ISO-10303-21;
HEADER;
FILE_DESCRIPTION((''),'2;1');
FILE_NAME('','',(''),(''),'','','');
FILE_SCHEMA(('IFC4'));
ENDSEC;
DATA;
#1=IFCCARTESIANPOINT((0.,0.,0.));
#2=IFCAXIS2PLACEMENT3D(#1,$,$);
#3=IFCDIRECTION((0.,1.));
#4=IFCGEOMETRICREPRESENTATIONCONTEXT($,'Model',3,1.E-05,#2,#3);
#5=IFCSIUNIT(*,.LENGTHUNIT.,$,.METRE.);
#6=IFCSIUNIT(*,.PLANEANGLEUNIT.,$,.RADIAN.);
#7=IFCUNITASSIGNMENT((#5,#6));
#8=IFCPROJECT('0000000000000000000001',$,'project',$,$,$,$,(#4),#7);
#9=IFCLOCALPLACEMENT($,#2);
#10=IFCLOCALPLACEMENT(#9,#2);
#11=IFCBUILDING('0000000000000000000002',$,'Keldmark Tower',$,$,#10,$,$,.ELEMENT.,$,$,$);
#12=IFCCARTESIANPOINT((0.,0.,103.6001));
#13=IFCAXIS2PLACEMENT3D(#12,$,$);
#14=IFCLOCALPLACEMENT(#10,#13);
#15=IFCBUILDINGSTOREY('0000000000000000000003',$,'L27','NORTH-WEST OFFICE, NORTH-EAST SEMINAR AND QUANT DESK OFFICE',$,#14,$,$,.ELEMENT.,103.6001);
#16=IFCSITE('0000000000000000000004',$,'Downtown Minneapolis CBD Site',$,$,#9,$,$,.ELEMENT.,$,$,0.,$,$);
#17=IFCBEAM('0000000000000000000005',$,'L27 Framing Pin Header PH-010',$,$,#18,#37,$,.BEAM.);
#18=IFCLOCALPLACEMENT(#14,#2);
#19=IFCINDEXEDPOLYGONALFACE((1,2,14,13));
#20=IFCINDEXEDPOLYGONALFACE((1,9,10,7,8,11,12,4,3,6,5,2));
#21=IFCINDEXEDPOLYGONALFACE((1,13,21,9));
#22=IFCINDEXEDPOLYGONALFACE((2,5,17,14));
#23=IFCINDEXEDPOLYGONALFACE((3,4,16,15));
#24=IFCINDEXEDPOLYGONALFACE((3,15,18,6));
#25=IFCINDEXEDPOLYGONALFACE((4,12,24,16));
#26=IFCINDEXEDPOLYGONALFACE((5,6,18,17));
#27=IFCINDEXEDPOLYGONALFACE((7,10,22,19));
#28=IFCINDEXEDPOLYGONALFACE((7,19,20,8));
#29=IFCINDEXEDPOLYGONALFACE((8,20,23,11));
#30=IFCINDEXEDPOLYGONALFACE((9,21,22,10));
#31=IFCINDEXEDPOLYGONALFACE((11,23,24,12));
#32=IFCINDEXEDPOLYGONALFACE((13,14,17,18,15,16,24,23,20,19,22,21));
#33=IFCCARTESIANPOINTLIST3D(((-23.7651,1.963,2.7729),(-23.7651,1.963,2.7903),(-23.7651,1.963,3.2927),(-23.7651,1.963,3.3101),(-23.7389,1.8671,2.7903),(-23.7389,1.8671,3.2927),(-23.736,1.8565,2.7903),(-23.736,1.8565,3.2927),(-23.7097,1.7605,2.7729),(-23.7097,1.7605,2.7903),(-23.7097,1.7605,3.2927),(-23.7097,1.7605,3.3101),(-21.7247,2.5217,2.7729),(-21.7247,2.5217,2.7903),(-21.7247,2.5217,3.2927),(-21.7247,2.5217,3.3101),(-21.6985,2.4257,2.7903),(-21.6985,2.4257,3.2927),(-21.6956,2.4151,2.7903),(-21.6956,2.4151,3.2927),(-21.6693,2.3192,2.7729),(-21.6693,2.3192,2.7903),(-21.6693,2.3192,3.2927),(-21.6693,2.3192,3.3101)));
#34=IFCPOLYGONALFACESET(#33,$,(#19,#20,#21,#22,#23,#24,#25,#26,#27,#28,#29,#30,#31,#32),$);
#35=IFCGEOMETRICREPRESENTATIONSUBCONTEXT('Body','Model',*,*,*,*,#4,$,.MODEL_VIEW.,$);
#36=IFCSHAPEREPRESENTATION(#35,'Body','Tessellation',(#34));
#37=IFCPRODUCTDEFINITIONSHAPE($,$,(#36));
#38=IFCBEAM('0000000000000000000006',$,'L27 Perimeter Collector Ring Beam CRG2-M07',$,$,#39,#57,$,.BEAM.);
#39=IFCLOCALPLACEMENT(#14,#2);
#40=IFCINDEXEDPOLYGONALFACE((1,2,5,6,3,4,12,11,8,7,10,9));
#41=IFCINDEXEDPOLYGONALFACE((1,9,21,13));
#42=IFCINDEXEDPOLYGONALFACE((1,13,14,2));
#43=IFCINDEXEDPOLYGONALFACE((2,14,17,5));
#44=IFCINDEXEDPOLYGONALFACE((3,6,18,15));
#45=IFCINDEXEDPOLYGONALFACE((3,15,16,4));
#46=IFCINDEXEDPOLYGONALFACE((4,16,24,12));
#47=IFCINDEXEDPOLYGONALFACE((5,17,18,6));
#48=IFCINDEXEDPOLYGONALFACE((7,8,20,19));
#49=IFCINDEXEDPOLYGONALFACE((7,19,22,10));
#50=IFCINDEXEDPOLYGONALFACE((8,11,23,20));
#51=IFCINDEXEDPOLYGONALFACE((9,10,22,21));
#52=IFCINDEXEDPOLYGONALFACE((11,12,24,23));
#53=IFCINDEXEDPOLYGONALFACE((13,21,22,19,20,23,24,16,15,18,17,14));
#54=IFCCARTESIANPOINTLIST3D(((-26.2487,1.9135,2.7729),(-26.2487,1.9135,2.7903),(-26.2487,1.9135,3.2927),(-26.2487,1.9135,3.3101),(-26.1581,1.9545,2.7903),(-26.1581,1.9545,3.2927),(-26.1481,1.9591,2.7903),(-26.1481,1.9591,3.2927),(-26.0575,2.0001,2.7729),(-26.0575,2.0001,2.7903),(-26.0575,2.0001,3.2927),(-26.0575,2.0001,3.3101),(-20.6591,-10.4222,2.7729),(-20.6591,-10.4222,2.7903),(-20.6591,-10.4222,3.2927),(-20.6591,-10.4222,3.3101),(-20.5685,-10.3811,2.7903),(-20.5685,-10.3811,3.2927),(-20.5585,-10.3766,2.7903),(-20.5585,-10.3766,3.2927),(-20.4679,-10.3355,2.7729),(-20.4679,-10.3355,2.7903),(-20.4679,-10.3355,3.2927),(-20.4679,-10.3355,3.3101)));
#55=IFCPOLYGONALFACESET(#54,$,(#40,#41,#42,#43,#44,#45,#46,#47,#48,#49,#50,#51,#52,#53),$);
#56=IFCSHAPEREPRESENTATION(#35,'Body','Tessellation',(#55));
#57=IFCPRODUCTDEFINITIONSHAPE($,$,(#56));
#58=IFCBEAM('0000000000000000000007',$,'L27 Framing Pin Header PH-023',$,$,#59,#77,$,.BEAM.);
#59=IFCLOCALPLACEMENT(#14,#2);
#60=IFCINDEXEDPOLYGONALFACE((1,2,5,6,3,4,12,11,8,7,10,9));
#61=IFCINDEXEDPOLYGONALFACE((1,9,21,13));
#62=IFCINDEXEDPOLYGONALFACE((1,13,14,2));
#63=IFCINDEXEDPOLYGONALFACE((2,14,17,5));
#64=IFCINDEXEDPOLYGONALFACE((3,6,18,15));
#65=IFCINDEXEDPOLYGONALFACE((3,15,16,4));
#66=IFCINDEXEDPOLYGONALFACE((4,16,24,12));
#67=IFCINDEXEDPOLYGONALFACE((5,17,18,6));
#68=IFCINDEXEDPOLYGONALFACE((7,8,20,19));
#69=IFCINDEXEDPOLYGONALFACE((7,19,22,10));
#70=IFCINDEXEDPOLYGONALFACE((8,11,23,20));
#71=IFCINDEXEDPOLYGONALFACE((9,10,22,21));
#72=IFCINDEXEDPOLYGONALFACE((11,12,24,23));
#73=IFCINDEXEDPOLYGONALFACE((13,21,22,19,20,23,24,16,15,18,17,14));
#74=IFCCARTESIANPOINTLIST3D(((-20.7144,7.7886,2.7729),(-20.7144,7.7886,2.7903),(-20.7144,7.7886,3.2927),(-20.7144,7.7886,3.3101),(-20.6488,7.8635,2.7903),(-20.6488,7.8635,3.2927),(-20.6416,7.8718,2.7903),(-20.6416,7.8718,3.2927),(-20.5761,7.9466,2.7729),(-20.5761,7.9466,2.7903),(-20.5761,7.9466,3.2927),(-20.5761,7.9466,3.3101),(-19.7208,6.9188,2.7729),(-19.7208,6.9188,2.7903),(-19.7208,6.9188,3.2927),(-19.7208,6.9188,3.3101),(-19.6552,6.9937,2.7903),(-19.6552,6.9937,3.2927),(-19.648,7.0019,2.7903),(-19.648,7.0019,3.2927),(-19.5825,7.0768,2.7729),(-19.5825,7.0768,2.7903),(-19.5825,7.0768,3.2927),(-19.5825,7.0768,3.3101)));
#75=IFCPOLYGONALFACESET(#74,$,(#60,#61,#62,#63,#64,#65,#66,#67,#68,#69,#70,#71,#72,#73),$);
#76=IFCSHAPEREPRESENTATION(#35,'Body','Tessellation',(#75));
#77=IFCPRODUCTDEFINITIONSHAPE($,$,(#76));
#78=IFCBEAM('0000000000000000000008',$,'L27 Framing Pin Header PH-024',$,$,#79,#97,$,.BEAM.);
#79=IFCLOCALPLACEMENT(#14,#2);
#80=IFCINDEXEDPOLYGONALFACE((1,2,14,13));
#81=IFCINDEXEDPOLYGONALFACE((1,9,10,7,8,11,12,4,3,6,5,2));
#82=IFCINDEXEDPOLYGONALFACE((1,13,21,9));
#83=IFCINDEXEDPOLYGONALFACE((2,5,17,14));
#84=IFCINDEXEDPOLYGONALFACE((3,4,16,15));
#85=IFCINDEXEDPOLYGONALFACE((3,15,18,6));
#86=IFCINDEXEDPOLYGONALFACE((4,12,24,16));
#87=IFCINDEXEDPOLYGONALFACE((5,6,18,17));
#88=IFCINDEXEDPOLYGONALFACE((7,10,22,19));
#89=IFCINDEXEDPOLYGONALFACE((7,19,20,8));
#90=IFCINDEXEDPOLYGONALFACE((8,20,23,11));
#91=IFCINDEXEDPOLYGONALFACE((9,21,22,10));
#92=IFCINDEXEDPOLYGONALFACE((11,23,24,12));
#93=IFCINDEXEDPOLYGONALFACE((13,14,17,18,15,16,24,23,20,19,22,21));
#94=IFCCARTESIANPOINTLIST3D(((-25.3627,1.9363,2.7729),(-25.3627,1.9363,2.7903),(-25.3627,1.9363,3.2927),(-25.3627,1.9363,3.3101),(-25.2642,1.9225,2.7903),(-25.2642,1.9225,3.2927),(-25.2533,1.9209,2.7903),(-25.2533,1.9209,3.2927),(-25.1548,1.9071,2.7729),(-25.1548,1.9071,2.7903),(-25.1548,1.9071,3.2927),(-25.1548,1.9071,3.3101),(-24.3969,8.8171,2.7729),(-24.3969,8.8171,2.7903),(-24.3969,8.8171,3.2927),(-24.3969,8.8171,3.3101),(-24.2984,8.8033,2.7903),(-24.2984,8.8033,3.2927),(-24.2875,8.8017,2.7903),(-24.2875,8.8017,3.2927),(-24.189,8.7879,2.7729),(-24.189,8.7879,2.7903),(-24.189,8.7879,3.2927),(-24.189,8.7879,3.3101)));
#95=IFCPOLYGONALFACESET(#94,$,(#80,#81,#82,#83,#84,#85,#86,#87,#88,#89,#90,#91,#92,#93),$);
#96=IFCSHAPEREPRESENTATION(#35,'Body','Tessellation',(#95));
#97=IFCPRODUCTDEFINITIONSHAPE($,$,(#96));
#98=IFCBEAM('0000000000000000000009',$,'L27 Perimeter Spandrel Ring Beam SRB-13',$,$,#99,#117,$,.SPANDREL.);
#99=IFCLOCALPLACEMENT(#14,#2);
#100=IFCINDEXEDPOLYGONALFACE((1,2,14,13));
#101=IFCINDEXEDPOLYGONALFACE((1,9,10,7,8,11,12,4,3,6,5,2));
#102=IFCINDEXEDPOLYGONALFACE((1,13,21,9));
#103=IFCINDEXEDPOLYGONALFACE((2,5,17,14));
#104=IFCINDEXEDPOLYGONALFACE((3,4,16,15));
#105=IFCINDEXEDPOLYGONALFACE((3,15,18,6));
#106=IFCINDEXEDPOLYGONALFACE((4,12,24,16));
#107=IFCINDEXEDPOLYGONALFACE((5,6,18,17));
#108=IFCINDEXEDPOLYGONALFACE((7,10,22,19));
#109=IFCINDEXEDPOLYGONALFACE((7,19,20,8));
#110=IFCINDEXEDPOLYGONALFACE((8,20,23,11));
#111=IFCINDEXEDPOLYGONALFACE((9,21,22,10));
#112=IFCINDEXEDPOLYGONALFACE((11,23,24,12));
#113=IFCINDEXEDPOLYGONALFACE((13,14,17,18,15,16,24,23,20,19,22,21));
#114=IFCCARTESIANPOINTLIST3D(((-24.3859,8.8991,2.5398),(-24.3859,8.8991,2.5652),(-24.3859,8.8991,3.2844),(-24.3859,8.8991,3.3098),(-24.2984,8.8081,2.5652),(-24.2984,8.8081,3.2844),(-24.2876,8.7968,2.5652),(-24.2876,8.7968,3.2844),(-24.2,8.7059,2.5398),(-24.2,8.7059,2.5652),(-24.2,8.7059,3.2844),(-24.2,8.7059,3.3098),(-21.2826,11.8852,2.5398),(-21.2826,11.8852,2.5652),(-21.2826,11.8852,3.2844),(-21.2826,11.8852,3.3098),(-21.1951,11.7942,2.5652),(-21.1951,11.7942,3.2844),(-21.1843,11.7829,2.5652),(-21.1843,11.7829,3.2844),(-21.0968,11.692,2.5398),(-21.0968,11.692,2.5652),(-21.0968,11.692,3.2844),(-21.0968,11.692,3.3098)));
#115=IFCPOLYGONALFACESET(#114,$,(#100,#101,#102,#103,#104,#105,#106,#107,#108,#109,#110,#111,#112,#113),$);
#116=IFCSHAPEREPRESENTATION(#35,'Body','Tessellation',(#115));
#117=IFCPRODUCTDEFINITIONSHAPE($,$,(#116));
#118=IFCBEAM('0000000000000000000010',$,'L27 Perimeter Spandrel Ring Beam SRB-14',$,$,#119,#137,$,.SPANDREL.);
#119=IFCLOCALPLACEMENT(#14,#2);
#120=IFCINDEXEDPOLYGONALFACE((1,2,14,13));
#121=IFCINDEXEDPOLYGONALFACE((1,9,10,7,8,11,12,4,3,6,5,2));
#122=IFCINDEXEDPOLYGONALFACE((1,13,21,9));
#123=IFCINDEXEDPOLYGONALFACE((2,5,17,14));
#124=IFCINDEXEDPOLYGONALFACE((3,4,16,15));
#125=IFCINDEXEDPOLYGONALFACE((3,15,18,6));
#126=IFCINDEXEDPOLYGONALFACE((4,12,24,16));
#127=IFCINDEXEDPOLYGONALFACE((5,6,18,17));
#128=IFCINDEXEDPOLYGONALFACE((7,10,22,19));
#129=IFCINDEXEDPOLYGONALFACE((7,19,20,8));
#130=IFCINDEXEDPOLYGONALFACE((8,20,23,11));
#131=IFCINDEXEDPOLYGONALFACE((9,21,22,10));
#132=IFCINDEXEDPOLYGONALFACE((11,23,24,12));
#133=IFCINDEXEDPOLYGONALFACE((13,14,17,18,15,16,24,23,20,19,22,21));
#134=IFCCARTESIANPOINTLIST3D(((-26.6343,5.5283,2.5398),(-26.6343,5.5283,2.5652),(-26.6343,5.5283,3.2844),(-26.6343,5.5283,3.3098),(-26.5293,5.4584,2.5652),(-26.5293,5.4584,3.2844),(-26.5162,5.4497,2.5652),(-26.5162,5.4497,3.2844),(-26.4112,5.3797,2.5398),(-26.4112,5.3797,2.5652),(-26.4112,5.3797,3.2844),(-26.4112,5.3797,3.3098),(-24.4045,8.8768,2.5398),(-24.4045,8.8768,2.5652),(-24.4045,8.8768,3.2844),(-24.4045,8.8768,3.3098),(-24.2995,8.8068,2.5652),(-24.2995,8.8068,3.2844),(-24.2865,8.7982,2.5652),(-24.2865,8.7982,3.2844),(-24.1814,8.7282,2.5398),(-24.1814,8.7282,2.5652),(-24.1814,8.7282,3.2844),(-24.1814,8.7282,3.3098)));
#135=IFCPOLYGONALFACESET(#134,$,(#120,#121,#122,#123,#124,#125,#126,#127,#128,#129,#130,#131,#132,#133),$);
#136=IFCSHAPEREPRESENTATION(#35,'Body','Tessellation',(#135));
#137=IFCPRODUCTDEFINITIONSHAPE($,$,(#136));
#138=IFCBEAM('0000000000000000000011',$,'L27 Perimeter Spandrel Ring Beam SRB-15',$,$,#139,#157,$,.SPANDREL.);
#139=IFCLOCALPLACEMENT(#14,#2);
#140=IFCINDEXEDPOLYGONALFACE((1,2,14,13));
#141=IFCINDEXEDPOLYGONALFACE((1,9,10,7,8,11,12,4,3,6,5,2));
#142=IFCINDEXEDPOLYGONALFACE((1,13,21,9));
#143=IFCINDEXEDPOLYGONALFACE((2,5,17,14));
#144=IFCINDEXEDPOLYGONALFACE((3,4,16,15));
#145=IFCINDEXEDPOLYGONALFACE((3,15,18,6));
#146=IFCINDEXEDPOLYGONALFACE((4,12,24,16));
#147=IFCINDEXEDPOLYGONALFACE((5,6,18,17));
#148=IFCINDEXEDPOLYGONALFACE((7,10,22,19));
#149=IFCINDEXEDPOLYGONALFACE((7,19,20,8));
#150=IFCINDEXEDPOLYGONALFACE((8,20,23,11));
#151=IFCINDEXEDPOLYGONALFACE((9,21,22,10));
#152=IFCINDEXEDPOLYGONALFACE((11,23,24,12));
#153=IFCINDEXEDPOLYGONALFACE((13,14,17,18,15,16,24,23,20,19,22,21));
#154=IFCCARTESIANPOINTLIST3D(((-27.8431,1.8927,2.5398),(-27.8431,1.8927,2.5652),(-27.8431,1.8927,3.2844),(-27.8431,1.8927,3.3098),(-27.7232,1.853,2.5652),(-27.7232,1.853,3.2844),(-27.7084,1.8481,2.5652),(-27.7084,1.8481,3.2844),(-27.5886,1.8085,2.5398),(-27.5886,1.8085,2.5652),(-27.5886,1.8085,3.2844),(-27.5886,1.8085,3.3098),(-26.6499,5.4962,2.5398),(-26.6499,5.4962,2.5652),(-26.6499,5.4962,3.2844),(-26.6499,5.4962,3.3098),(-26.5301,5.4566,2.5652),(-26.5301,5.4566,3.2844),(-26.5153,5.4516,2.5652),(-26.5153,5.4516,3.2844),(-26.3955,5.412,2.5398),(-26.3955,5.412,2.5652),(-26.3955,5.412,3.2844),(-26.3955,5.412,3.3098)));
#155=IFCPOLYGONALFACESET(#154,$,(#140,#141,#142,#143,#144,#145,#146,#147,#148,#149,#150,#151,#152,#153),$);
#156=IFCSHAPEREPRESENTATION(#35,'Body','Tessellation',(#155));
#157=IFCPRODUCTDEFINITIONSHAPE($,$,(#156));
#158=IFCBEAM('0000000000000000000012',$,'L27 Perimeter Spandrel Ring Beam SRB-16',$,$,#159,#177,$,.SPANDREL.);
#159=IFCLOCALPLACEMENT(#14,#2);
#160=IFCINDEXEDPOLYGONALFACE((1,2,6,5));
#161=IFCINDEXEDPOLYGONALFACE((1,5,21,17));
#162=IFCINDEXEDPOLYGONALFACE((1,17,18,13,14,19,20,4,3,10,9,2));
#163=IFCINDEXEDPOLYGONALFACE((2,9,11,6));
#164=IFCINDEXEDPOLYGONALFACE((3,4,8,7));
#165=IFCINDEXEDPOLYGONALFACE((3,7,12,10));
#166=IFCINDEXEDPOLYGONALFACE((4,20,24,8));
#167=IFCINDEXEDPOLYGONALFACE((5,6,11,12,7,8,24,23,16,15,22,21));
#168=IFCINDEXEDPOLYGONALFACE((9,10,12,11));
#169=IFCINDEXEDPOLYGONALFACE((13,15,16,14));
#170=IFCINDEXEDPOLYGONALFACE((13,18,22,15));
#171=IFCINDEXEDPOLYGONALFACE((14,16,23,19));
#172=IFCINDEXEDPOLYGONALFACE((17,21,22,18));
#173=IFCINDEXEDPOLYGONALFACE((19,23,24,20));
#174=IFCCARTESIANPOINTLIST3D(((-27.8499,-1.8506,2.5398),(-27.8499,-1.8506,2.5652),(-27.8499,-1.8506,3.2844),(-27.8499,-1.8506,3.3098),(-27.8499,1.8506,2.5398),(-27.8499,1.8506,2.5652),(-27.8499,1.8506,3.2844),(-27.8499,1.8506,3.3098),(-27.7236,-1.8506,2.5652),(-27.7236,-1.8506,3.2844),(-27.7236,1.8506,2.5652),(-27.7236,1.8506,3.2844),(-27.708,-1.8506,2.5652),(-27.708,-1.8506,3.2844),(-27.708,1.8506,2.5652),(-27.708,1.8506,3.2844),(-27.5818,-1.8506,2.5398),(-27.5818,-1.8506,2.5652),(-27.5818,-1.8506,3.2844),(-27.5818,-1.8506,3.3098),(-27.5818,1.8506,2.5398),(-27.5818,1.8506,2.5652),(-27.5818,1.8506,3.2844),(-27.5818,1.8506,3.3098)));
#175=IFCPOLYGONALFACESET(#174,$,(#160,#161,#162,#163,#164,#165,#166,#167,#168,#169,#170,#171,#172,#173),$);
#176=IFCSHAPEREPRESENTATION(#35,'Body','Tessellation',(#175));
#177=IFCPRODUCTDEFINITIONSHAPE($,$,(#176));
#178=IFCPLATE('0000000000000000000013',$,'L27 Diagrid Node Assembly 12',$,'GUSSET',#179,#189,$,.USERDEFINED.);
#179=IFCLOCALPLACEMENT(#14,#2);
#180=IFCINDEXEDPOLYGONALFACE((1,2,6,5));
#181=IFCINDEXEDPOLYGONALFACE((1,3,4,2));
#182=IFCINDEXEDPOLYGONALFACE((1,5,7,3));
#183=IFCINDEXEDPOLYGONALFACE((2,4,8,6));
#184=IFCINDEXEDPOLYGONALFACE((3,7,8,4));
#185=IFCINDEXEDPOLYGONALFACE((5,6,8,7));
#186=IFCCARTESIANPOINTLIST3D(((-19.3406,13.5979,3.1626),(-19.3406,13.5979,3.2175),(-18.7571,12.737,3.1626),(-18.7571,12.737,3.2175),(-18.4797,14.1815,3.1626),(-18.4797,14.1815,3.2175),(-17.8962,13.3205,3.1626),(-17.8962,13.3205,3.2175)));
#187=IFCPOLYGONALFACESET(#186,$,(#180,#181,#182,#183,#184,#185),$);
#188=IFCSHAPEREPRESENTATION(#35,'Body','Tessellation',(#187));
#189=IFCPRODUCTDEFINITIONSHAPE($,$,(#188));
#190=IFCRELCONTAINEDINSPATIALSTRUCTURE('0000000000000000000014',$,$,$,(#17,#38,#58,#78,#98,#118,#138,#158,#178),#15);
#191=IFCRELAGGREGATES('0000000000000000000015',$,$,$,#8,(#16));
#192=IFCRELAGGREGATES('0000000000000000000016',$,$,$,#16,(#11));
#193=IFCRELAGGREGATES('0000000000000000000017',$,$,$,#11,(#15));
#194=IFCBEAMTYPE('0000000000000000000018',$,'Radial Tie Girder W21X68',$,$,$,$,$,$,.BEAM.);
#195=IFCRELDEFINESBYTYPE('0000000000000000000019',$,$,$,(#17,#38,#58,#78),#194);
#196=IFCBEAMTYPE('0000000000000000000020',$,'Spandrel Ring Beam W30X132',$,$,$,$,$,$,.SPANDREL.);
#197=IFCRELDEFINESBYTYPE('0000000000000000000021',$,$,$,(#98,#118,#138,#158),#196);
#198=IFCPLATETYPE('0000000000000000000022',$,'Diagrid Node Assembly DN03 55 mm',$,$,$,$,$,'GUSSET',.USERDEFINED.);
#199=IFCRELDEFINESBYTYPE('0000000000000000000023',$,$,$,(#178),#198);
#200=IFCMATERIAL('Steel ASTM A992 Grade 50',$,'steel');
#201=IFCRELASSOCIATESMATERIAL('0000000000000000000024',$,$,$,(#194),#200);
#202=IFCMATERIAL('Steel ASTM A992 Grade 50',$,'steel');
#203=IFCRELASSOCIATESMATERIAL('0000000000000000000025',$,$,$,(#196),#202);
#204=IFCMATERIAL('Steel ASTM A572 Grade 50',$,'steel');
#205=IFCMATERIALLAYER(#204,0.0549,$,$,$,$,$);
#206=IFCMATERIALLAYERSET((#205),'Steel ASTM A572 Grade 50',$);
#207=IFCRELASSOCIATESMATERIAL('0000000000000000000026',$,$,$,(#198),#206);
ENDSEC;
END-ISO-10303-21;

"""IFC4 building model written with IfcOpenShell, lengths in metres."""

from ifc_helpers import new_model, si_unit, direction, frame, origin, origin_2d, place, context, subcontext, project, spatial, rectangle, i_section, extrude, material, layer, layer_set, material_profile, profile_set, type_object, element, save


model = new_model("IFC4")

# Units and contexts
model_context = context("Model", 3, precision=1e-05, world=origin(), true_north=direction((0.0, 1.0)))
body_context = subcontext(model_context, "Body", "Model", "MODEL_VIEW")
ifc_project = project(units=[si_unit("LENGTHUNIT", "METRE"), si_unit("PLANEANGLEUNIT", "RADIAN")], contexts=[model_context])

# Site, building, storey
site_placement = place(None, origin())
site = spatial("IfcSite", under=ifc_project, at=site_placement, Name="Downtown Minneapolis CBD Site", CompositionType="ELEMENT", RefElevation=0.0)
building_placement = place(site_placement, origin())
building = spatial("IfcBuilding", under=site, at=building_placement, Name="Keldmark Tower", CompositionType="ELEMENT")
storey_placement = place(building_placement, frame((0.0, 0.0, 103.6001)))
storey = spatial("IfcBuildingStorey", under=building, at=storey_placement, Name="L27", Description="NORTH-WEST OFFICE, NORTH-EAST SEMINAR AND QUANT DESK OFFICE", CompositionType="ELEMENT", Elevation=103.6001)

# Beams
ifc_material_1 = material(Name="Steel ASTM A992 Grade 50", Category="steel")
ifc_material_profile_1 = material_profile(ifc_material_1, i_section(OverallWidth=0.21, OverallDepth=0.5371, WebThickness=0.011, FlangeThickness=0.0173, at=origin_2d()), Name="W21X68")
ifc_profile_set_1 = profile_set([ifc_material_profile_1], Name="Steel ASTM A992 Grade 50")
beam_type_1 = type_object("IfcBeamType", Name="Radial Tie Girder W21X68", PredefinedType="BEAM", material=ifc_profile_set_1)
beam_1_placement = place(storey_placement, frame((-21.697, 2.4204, 3.0415), z_axis=(-0.964505, -0.264065, 0.0), x_axis=(0.264065, -0.964505, 0.0)))
element("IfcBeam", 1, at=beam_1_placement, inside=storey, type_object=beam_type_1, Name="L27 Framing Pin Header PH-010", PredefinedType="BEAM", context=body_context, shape_type="SweptSolid", body=[
    extrude(i_section(OverallWidth=0.21, OverallDepth=0.5371, WebThickness=0.011, FlangeThickness=0.0173, at=origin_2d()), origin(), (0.0, 0.0, 1.0), 2.1155),
])
beam_2_placement = place(storey_placement, frame((-26.1531, 1.9568, 3.0415), z_axis=(0.41273, -0.910854, 0.0), x_axis=(0.910854, 0.41273, 0.0)))
element("IfcBeam", 2, at=beam_2_placement, inside=storey, type_object=beam_type_1, Name="L27 Perimeter Collector Ring Beam CRG2-M07", PredefinedType="BEAM", context=body_context, shape_type="SweptSolid", body=[
    extrude(i_section(OverallWidth=0.21, OverallDepth=0.5371, WebThickness=0.011, FlangeThickness=0.0173, at=origin_2d()), origin(), (0.0, 0.0, 1.0), 13.543),
])
beam_3_placement = place(storey_placement, frame((-19.6516, 6.9978, 3.0415), z_axis=(-0.752416, 0.658688, 0.0), x_axis=(-0.658688, -0.752416, 0.0)))
element("IfcBeam", 3, at=beam_3_placement, inside=storey, type_object=beam_type_1, Name="L27 Framing Pin Header PH-023", PredefinedType="BEAM", context=body_context, shape_type="SweptSolid", body=[
    extrude(i_section(OverallWidth=0.21, OverallDepth=0.5371, WebThickness=0.011, FlangeThickness=0.0173, at=origin_2d()), origin(), (0.0, 0.0, 1.0), 1.3206),
])
beam_4_placement = place(storey_placement, frame((-24.293, 8.8025, 3.0415), z_axis=(-0.139001, -0.990292, 0.0), x_axis=(0.990292, -0.139001, 0.0)))
element("IfcBeam", 4, at=beam_4_placement, inside=storey, type_object=beam_type_1, Name="L27 Framing Pin Header PH-024", PredefinedType="BEAM", context=body_context, shape_type="SweptSolid", body=[
    extrude(i_section(OverallWidth=0.21, OverallDepth=0.5371, WebThickness=0.011, FlangeThickness=0.0173, at=origin_2d()), origin(), (0.0, 0.0, 1.0), 6.9482),
])
ifc_material_2 = material(Name="Steel ASTM A992 Grade 50", Category="steel")
ifc_material_profile_2 = material_profile(ifc_material_2, i_section(OverallWidth=0.2681, OverallDepth=0.77, WebThickness=0.0156, FlangeThickness=0.0254, at=origin_2d()), Name="W30X132")
ifc_profile_set_2 = profile_set([ifc_material_profile_2], Name="Steel ASTM A992 Grade 50")
beam_type_2 = type_object("IfcBeamType", Name="Spandrel Ring Beam W30X132", PredefinedType="SPANDREL", material=ifc_profile_set_2)
beam_5_placement = place(storey_placement, frame((-21.1897, 11.7886, 2.9248), z_axis=(-0.720581, -0.69337, 0.0), x_axis=(0.69337, -0.720581, 0.0)))
element("IfcBeam", 5, at=beam_5_placement, inside=storey, type_object=beam_type_2, Name="L27 Perimeter Spandrel Ring Beam SRB-13", PredefinedType="SPANDREL", context=body_context, shape_type="SweptSolid", body=[
    extrude(i_section(OverallWidth=0.2681, OverallDepth=0.77, WebThickness=0.0156, FlangeThickness=0.0254, at=origin_2d()), origin(), (0.0, 0.0, 1.0), 4.3066),
])
beam_6_placement = place(storey_placement, frame((-24.293, 8.8025, 2.9248), z_axis=(-0.554266, -0.83234, 0.0), x_axis=(0.83234, -0.554266, 0.0)))
element("IfcBeam", 6, at=beam_6_placement, inside=storey, type_object=beam_type_2, Name="L27 Perimeter Spandrel Ring Beam SRB-14", PredefinedType="SPANDREL", context=body_context, shape_type="SweptSolid", body=[
    extrude(i_section(OverallWidth=0.2681, OverallDepth=0.77, WebThickness=0.0156, FlangeThickness=0.0254, at=origin_2d()), origin(), (0.0, 0.0, 1.0), 4.0229),
])
beam_7_placement = place(storey_placement, frame((-26.5227, 5.4541, 2.9248), z_axis=(-0.314317, -0.949318, 0.0), x_axis=(0.949318, -0.314317, 0.0)))
element("IfcBeam", 7, at=beam_7_placement, inside=storey, type_object=beam_type_2, Name="L27 Perimeter Spandrel Ring Beam SRB-15", PredefinedType="SPANDREL", context=body_context, shape_type="SweptSolid", body=[
    extrude(i_section(OverallWidth=0.2681, OverallDepth=0.77, WebThickness=0.0156, FlangeThickness=0.0254, at=origin_2d()), origin(), (0.0, 0.0, 1.0), 3.7959),
])
beam_8_placement = place(storey_placement, frame((-27.7158, 1.8506, 2.9248), z_axis=(0.0, -1.0, 0.0), x_axis=(1.0, 0.0, 0.0)))
element("IfcBeam", 8, at=beam_8_placement, inside=storey, type_object=beam_type_2, Name="L27 Perimeter Spandrel Ring Beam SRB-16", PredefinedType="SPANDREL", context=body_context, shape_type="SweptSolid", body=[
    extrude(i_section(OverallWidth=0.2681, OverallDepth=0.77, WebThickness=0.0156, FlangeThickness=0.0254, at=origin_2d()), origin(), (0.0, 0.0, 1.0), 3.7012),
])

# Plate
ifc_material_3 = material(Name="Steel ASTM A572 Grade 50", Category="steel")
ifc_layer_1 = layer(ifc_material_3, 0.0549)
ifc_layer_set_1 = layer_set([ifc_layer_1], Name="Steel ASTM A572 Grade 50")
plate_type = type_object("IfcPlateType", Name="Diagrid Node Assembly DN03 55 mm", ElementType="GUSSET", PredefinedType="USERDEFINED", material=ifc_layer_set_1)
for number, where, z_axis, x_axis, name in (
    (9, (-18.6184, 13.4592, 3.1626), (0.0, 0.0, 1.0), (-0.827767, -0.561072, 0.0), "L27 Diagrid Node Assembly 12"),
):
    element("IfcPlate", number, at=place(storey_placement, frame(where, z_axis=z_axis, x_axis=x_axis)), inside=storey, type_object=plate_type, Name=name, ObjectType="GUSSET", PredefinedType="USERDEFINED", context=body_context, shape_type="SweptSolid", body=[
        extrude(rectangle(XDim=1.04, YDim=1.04, at=origin_2d()), origin(), (0.0, 0.0, 1.0), 0.0549),
    ])

save(model, "model.ifc")
